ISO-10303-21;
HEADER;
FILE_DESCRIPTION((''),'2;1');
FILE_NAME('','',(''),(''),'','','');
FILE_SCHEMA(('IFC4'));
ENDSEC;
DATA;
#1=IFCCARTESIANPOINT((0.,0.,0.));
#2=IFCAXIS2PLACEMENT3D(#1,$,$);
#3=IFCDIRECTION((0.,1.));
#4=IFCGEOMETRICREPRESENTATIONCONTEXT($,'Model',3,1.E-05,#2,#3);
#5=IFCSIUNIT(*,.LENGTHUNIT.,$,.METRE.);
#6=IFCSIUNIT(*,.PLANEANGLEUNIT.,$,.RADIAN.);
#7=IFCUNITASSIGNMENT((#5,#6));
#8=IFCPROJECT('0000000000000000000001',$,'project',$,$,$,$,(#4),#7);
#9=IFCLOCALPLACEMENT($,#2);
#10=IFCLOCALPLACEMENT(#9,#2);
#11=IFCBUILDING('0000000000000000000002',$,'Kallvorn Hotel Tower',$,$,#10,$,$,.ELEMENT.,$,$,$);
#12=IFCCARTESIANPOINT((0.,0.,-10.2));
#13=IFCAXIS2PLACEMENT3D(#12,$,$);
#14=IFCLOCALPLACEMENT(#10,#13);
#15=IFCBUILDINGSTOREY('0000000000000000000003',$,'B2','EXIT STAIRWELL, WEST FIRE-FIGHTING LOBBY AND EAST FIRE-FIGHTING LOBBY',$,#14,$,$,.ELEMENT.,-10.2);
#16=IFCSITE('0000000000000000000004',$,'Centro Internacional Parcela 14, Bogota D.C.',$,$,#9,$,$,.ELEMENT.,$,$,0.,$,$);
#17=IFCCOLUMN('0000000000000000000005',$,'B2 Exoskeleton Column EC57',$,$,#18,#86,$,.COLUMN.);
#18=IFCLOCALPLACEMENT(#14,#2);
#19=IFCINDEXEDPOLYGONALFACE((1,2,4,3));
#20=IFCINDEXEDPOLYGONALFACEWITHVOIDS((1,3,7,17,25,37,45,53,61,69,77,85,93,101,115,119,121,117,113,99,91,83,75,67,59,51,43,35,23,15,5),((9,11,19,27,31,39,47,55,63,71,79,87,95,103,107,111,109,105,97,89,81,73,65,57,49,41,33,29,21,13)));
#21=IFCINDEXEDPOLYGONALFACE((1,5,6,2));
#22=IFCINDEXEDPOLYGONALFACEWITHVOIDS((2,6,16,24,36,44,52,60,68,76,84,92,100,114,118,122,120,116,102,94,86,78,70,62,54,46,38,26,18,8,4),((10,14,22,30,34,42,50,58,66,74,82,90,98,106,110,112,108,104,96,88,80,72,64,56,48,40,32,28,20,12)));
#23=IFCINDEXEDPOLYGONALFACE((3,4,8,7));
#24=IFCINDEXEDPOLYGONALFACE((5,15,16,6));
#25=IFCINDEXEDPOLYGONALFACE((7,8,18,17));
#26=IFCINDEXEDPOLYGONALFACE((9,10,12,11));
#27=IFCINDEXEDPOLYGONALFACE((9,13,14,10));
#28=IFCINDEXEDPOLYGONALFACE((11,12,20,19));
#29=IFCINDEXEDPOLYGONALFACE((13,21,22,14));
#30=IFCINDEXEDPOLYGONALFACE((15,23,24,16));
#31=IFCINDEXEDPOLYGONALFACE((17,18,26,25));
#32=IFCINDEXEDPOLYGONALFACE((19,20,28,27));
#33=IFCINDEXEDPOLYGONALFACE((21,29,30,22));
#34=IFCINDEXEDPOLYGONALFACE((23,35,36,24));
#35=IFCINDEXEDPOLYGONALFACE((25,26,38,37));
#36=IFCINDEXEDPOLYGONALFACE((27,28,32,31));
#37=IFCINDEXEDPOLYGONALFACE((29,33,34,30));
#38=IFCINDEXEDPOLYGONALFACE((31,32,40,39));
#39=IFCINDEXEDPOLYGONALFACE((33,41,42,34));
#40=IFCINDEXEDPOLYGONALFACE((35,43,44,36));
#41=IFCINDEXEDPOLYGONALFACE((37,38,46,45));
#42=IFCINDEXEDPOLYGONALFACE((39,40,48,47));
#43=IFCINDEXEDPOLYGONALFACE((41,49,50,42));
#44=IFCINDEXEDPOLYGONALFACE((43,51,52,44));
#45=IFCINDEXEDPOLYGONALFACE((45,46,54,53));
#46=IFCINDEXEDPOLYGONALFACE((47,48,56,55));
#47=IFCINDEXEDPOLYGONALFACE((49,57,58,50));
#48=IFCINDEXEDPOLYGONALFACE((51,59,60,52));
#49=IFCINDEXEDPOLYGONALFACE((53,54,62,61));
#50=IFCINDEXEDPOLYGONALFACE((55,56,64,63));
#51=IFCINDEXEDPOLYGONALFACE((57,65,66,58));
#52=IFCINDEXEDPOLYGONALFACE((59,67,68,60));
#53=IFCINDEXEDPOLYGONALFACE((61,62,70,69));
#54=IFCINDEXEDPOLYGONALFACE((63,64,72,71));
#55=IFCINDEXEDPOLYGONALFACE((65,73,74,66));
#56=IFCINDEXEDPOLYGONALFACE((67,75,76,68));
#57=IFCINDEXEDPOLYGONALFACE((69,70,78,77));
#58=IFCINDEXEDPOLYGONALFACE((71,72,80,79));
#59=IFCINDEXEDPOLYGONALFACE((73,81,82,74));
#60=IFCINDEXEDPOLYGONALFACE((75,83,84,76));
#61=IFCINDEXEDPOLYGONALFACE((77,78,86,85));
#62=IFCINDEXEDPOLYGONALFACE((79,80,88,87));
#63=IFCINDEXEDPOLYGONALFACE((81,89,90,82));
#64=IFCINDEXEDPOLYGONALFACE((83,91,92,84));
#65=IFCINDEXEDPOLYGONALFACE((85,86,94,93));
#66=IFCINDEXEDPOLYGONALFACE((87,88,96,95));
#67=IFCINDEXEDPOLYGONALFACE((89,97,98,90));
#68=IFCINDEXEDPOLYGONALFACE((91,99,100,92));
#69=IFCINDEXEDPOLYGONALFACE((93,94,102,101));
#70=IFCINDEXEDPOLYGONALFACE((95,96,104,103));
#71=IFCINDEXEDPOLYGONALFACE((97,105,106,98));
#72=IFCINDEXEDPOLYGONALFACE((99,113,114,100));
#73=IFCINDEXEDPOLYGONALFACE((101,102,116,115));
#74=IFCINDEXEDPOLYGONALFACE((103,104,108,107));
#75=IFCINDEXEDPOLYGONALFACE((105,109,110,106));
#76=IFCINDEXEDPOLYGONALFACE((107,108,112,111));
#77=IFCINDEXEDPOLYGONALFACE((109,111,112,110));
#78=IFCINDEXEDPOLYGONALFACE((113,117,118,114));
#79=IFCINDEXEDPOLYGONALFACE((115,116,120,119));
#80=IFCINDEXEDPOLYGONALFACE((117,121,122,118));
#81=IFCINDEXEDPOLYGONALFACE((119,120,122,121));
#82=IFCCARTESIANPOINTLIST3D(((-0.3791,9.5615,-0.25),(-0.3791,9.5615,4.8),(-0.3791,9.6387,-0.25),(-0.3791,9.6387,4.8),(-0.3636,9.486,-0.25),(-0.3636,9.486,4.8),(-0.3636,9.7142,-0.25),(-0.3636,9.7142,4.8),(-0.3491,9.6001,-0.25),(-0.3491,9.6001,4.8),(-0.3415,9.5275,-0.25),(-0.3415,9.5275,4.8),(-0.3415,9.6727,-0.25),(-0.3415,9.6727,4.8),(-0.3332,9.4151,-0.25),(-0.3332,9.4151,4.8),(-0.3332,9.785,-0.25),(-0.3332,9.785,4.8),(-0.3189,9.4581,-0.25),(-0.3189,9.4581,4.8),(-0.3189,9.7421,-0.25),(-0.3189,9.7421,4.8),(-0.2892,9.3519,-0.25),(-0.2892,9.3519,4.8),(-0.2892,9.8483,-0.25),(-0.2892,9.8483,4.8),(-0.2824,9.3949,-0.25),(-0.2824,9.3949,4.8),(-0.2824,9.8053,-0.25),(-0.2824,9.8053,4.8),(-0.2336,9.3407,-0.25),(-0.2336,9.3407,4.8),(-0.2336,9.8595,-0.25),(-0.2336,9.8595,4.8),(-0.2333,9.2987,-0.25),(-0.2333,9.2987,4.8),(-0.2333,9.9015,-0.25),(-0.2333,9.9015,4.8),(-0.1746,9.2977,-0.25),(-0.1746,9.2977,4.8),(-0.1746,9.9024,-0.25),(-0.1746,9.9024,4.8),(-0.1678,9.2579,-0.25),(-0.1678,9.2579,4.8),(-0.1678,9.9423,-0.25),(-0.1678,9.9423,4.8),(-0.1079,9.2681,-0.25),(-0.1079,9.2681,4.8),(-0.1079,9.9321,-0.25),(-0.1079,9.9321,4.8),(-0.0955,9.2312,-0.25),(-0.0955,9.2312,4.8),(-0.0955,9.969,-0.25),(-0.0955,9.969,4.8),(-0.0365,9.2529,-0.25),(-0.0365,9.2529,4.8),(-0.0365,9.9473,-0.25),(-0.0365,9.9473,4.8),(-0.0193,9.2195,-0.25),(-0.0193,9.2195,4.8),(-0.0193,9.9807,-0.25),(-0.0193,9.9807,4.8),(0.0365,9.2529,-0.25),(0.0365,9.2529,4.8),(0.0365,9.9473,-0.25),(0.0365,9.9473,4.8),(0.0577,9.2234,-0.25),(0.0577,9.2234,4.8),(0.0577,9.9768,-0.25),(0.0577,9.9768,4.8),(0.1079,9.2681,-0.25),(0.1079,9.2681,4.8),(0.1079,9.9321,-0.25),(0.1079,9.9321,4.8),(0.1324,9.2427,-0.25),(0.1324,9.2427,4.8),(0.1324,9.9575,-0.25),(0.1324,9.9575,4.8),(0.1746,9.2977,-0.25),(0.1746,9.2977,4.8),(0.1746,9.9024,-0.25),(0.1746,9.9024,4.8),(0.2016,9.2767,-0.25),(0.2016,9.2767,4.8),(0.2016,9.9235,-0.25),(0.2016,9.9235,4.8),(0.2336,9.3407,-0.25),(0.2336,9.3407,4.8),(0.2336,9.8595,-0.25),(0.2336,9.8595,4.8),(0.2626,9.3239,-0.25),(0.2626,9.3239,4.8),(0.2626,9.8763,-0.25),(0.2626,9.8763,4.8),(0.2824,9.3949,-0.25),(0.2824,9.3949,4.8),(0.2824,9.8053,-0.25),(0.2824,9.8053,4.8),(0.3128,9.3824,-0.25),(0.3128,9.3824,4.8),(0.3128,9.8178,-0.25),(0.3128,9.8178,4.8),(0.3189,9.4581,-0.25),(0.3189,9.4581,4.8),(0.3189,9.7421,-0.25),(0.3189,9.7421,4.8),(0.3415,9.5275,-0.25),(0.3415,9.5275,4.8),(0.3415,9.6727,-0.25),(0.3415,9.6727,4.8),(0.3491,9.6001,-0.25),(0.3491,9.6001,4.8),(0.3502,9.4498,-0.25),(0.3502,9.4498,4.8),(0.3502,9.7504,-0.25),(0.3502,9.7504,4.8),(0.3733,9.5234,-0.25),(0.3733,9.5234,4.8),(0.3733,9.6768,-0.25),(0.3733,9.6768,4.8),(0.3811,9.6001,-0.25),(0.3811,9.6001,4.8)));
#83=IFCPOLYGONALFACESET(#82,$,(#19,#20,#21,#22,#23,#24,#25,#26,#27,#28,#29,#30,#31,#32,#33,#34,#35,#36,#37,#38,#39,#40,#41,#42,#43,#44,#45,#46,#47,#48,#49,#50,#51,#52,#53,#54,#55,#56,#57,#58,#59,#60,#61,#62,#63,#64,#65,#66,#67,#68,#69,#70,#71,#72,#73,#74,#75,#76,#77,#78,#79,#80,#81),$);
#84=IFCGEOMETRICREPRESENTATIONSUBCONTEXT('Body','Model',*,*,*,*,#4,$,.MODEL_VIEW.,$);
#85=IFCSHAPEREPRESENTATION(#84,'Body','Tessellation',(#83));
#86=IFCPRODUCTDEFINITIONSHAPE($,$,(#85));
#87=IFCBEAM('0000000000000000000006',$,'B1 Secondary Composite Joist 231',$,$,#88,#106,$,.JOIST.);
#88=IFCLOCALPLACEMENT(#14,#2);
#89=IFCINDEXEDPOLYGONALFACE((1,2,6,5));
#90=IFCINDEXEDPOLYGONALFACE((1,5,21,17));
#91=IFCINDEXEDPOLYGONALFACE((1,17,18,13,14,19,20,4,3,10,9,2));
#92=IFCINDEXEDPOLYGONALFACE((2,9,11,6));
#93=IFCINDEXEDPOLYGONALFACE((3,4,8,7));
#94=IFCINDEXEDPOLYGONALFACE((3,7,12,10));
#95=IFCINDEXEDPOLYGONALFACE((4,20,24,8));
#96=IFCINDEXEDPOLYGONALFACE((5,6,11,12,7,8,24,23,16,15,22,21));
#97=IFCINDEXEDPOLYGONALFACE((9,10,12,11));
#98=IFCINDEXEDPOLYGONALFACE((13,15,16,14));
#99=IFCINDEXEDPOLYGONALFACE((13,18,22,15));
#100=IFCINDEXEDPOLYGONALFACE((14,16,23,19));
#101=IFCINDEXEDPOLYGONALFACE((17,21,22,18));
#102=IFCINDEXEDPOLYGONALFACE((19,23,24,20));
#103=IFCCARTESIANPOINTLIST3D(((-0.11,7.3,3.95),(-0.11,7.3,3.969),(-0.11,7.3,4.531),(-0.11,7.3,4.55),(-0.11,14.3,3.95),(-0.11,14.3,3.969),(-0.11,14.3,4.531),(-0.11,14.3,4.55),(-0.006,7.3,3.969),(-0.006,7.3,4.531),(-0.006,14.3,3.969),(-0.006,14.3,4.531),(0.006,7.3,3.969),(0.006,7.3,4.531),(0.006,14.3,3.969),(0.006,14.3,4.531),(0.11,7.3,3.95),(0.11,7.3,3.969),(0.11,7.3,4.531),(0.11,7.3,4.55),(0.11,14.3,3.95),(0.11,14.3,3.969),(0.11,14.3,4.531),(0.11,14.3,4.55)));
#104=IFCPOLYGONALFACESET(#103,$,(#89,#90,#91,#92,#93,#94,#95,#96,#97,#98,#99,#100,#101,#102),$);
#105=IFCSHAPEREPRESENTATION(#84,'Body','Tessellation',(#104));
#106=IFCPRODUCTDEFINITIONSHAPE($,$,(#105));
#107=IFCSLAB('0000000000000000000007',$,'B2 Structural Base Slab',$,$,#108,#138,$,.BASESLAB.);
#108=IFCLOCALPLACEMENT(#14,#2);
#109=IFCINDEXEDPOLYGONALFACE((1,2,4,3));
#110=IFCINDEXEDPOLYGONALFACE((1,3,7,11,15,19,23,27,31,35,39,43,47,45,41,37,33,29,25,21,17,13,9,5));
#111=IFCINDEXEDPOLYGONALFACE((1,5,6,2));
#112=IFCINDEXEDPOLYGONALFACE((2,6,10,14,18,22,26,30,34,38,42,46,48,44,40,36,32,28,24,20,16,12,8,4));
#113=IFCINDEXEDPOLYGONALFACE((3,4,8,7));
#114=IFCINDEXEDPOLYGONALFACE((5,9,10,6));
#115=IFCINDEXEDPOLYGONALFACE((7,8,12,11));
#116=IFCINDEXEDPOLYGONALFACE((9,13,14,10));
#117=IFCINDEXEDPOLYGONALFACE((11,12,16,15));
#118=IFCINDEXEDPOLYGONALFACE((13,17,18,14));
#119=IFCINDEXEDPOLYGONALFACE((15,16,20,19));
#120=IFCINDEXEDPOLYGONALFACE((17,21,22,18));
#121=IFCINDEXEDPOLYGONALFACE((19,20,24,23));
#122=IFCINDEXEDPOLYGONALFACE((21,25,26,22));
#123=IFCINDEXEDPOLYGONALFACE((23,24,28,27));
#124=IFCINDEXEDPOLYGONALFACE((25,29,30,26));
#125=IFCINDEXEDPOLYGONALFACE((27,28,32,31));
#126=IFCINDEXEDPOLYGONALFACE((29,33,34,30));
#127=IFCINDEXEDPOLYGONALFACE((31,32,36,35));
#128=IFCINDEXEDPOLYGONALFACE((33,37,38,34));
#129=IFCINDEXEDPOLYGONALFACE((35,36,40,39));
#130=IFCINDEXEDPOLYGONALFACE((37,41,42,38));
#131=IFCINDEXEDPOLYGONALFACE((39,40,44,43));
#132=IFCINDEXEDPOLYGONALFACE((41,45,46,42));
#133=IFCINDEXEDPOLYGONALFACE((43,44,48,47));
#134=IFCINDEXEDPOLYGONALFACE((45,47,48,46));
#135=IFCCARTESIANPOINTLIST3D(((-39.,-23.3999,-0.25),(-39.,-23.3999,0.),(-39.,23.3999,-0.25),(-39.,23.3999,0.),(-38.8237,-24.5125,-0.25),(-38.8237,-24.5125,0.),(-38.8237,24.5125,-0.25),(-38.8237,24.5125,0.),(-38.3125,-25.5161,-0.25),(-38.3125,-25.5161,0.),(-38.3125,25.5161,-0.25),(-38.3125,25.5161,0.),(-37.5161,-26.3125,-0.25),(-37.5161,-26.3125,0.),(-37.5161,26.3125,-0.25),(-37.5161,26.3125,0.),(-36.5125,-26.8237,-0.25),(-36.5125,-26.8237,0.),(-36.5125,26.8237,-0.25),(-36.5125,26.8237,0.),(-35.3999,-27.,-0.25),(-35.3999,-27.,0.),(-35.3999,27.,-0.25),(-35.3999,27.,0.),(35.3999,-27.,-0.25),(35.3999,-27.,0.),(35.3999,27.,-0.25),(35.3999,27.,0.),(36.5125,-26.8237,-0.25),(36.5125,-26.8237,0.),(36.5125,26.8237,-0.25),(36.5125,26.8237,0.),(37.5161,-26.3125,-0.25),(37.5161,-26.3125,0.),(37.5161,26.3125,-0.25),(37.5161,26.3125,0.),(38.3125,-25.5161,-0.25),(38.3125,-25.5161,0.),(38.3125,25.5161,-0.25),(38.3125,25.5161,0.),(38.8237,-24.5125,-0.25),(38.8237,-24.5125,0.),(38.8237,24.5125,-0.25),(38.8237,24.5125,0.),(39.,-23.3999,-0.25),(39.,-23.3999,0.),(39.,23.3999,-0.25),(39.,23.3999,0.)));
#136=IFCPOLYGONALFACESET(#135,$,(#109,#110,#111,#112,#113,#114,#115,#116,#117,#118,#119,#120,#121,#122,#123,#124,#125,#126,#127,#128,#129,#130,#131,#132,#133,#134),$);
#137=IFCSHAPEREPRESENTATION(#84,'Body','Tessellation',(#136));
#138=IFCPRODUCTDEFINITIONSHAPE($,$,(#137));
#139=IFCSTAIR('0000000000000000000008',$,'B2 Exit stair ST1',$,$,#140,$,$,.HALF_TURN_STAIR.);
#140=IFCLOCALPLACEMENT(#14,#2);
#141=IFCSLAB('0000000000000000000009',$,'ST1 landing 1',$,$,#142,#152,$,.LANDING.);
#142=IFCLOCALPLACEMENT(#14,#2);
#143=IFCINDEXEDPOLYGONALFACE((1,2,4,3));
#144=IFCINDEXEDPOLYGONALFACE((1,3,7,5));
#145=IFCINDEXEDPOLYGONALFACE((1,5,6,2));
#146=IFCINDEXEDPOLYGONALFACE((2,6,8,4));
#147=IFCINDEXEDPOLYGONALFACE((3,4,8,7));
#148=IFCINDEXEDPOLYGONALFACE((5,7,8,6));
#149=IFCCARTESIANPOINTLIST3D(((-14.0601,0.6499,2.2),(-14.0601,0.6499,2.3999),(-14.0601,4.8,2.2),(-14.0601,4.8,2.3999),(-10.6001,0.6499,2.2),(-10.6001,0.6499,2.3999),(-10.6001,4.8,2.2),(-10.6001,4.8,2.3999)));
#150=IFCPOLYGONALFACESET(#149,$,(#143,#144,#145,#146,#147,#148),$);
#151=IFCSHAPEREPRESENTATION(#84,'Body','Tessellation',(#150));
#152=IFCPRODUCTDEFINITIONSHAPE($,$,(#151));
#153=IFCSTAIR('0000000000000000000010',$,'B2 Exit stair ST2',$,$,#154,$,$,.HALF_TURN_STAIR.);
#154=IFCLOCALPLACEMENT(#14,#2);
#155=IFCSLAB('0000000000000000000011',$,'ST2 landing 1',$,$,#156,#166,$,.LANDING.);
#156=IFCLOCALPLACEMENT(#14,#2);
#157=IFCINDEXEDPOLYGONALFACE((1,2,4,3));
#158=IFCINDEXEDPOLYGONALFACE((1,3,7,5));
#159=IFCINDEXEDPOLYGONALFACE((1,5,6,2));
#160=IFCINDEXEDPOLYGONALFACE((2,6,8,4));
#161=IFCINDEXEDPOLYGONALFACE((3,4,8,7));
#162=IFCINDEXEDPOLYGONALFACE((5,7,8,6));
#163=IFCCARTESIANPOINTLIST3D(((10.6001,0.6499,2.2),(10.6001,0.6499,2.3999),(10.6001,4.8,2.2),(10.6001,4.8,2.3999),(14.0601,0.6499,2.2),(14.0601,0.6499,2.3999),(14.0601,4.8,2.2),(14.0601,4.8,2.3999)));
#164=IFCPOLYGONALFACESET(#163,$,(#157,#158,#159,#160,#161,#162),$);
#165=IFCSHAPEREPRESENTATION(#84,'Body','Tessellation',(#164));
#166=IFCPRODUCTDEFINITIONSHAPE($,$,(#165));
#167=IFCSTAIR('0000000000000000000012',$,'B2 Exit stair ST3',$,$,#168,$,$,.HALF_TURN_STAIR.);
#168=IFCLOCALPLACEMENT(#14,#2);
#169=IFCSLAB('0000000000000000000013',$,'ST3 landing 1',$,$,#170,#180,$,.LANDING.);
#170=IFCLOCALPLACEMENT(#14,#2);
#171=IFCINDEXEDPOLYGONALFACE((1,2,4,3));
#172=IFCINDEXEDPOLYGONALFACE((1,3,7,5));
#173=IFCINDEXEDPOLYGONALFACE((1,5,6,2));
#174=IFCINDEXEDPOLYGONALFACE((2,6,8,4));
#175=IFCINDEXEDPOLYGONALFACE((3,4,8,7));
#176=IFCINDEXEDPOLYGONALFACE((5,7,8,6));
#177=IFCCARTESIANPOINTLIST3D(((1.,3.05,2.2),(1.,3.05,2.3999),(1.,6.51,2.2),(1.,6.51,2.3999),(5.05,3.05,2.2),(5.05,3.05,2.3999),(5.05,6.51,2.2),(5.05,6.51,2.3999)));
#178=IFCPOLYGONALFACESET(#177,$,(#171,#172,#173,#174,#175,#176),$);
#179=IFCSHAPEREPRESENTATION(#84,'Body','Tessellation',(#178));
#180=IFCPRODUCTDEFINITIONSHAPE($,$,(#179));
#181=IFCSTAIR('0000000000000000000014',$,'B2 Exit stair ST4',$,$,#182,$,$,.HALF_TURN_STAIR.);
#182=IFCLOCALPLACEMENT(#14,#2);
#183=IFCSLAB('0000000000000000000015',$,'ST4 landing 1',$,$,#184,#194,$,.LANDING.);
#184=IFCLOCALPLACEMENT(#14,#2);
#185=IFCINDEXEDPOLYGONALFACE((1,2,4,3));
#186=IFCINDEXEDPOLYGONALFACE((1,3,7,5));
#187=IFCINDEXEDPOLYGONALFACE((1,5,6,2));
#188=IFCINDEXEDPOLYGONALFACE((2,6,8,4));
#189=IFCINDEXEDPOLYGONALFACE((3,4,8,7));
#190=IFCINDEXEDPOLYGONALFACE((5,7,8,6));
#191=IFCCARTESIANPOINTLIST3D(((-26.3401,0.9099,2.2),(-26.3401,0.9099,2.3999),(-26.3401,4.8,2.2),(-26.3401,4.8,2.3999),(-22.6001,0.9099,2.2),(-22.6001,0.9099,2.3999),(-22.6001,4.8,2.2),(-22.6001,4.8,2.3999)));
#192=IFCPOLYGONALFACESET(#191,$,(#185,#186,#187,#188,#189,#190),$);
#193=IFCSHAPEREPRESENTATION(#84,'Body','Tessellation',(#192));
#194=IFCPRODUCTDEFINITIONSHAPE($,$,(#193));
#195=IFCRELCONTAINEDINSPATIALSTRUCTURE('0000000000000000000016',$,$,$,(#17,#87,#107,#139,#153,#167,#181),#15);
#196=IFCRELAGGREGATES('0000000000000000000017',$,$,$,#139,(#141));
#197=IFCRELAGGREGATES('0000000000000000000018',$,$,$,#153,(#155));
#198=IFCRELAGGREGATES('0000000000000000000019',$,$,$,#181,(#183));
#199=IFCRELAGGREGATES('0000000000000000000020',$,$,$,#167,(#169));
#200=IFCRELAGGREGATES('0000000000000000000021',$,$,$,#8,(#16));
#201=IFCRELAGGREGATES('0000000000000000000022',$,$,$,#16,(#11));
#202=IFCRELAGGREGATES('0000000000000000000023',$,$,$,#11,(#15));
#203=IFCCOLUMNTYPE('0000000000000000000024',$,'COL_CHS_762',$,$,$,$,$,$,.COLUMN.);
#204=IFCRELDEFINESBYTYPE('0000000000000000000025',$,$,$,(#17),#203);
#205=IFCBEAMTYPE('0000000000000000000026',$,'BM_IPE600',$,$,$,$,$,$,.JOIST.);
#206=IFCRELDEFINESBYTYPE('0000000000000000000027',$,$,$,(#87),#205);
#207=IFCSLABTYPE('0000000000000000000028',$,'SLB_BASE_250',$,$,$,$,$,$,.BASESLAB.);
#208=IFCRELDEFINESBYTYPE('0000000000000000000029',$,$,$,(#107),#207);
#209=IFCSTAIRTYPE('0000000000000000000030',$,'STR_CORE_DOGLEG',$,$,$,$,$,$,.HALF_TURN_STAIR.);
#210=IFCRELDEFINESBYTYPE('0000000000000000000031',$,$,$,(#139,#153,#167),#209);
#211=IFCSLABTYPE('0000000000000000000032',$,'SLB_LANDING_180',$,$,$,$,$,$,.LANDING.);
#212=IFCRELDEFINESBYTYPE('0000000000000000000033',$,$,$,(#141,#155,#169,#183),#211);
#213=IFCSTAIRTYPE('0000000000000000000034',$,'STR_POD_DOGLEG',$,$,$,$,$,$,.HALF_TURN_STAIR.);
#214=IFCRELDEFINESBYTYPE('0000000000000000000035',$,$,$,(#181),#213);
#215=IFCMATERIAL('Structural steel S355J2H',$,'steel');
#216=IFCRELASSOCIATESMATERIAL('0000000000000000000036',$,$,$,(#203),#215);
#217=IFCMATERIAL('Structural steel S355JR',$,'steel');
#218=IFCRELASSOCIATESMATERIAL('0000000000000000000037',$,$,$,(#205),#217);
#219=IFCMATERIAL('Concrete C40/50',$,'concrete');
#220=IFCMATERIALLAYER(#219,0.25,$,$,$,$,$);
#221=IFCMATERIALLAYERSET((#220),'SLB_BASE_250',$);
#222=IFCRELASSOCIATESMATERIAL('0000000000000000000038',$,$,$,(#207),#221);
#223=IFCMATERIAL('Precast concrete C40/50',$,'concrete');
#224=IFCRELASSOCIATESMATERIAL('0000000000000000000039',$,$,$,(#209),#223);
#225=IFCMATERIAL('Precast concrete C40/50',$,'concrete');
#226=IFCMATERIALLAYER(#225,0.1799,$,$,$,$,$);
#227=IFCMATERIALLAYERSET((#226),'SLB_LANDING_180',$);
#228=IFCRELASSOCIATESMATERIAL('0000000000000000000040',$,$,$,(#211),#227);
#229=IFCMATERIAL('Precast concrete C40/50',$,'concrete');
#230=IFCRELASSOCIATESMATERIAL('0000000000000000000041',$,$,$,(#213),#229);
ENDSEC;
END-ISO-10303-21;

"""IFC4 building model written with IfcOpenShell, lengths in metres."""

from ifc_helpers import new_model, si_unit, direction, frame, origin, origin_2d, place, context, subcontext, project, spatial, polyline, hollow_circle, i_section, outline, extrude, material, layer, layer_set, material_profile, profile_set, type_object, element, aggregate, save


model = new_model("IFC4")

# Units and contexts
model_context = context("Model", 3, precision=1e-05, world=origin(), true_north=direction((0.0, 1.0)))
body_context = subcontext(model_context, "Body", "Model", "MODEL_VIEW")
ifc_project = project(units=[si_unit("LENGTHUNIT", "METRE"), si_unit("PLANEANGLEUNIT", "RADIAN")], contexts=[model_context])

# Site, building, storey
site_placement = place(None, origin())
site = spatial("IfcSite", under=ifc_project, at=site_placement, Name="Centro Internacional Parcela 14, Bogota D.C.", CompositionType="ELEMENT", RefElevation=0.0)
building_placement = place(site_placement, origin())
building = spatial("IfcBuilding", under=site, at=building_placement, Name="Kallvorn Hotel Tower", CompositionType="ELEMENT")
storey_placement = place(building_placement, frame((0.0, 0.0, -10.2)))
storey = spatial("IfcBuildingStorey", under=building, at=storey_placement, Name="B2", Description="EXIT STAIRWELL, WEST FIRE-FIGHTING LOBBY AND EAST FIRE-FIGHTING LOBBY", CompositionType="ELEMENT", Elevation=-10.2)

# Column
ifc_material_1 = material(Name="Structural steel S355J2H", Category="steel")
ifc_material_profile_1 = material_profile(ifc_material_1, hollow_circle(Radius=0.3811, WallThickness=0.032, at=origin_2d()), Name="CHS 762x32")
ifc_profile_set_1 = profile_set([ifc_material_profile_1], Name="Structural steel S355J2H")
column_type = type_object("IfcColumnType", Name="COL_CHS_762", PredefinedType="COLUMN", material=ifc_profile_set_1)
column_placement = place(storey_placement, frame((0.0, 9.6001, -0.25), z_axis=(0.0, 0.0, 1.0), x_axis=(1.0, 0.0, 0.0)))
element("IfcColumn", 1, at=column_placement, inside=storey, type_object=column_type, Name="B2 Exoskeleton Column EC57", PredefinedType="COLUMN", context=body_context, shape_type="SweptSolid", body=[
    extrude(hollow_circle(Radius=0.3811, WallThickness=0.032, at=origin_2d()), origin(), (0.0, 0.0, 1.0), 5.05),
])

# Beam
ifc_material_2 = material(Name="Structural steel S355JR", Category="steel")
ifc_material_profile_2 = material_profile(ifc_material_2, i_section(OverallWidth=0.22, OverallDepth=0.6001, WebThickness=0.012, FlangeThickness=0.019, at=origin_2d()), Name="IPE 600")
ifc_profile_set_2 = profile_set([ifc_material_profile_2], Name="Structural steel S355JR")
beam_type = type_object("IfcBeamType", Name="BM_IPE600", PredefinedType="JOIST", material=ifc_profile_set_2)
beam_placement = place(storey_placement, frame((0.0, 7.3, 4.25), z_axis=(0.0, 1.0, 0.0), x_axis=(-1.0, 0.0, 0.0)))
element("IfcBeam", 2, at=beam_placement, inside=storey, type_object=beam_type, Name="B1 Secondary Composite Joist 231", PredefinedType="JOIST", context=body_context, shape_type="SweptSolid", body=[
    extrude(i_section(OverallWidth=0.22, OverallDepth=0.6001, WebThickness=0.012, FlangeThickness=0.019, at=origin_2d()), origin(), (0.0, 0.0, 1.0), 7.0),
])

# Slab
ifc_material_3 = material(Name="Concrete C40/50", Category="concrete")
ifc_layer_1 = layer(ifc_material_3, 0.25)
ifc_layer_set_1 = layer_set([ifc_layer_1], Name="SLB_BASE_250")
slab_type_1 = type_object("IfcSlabType", Name="SLB_BASE_250", PredefinedType="BASESLAB", material=ifc_layer_set_1)
slab_1_placement = place(storey_placement, frame((0.0, 0.0, -0.25)))
element("IfcSlab", 3, at=slab_1_placement, inside=storey, type_object=slab_type_1, Name="B2 Structural Base Slab", PredefinedType="BASESLAB", context=body_context, shape_type="SweptSolid", body=[
    extrude(outline(polyline([(35.3999, -27.0), (36.5125, -26.8237), (37.5161, -26.3125), (38.3125, -25.5161), (38.8237, -24.5125), (39.0, -23.3999), (39.0, 23.3999), (38.8237, 24.5125), (38.3125, 25.5161), (37.5161, 26.3125), (36.5125, 26.8237), (35.3999, 27.0), (-35.3999, 27.0), (-36.5125, 26.8237), (-37.5161, 26.3125), (-38.3125, 25.5161), (-38.8237, 24.5125), (-39.0, 23.3999), (-39.0, -23.3999), (-38.8237, -24.5125), (-38.3125, -25.5161), (-37.5161, -26.3125), (-36.5125, -26.8237), (-35.3999, -27.0), (35.3999, -27.0)])), origin(), (0.0, 0.0, 1.0), 0.25),
])

# Stairs, slabs
ifc_material_4 = material(Name="Precast concrete C40/50", Category="concrete")
stair_type_1 = type_object("IfcStairType", Name="STR_CORE_DOGLEG", PredefinedType="HALF_TURN_STAIR", material=ifc_material_4)
stair_1_placement = place(storey_placement, origin())
stair_1 = element("IfcStair", 4, at=stair_1_placement, inside=storey, type_object=stair_type_1, Name="B2 Exit stair ST1", PredefinedType="HALF_TURN_STAIR")
ifc_material_5 = material(Name="Precast concrete C40/50", Category="concrete")
ifc_layer_2 = layer(ifc_material_5, 0.1799)
ifc_layer_set_2 = layer_set([ifc_layer_2], Name="SLB_LANDING_180")
slab_type_2 = type_object("IfcSlabType", Name="SLB_LANDING_180", PredefinedType="LANDING", material=ifc_layer_set_2)
slab_2_placement = place(storey_placement, frame((0.0, 0.0, 2.2)))
slab_2 = element("IfcSlab", 5, at=slab_2_placement, type_object=slab_type_2, Name="ST1 landing 1", PredefinedType="LANDING", context=body_context, shape_type="SweptSolid", body=[
    extrude(outline(polyline([(-10.6001, 0.6499), (-10.6001, 4.8), (-14.0601, 4.8), (-14.0601, 0.6499), (-10.6001, 0.6499)])), origin(), (0.0, 0.0, 1.0), 0.2),
])
aggregate(stair_1, [slab_2])
stair_2_placement = place(storey_placement, origin())
stair_2 = element("IfcStair", 6, at=stair_2_placement, inside=storey, type_object=stair_type_1, Name="B2 Exit stair ST2", PredefinedType="HALF_TURN_STAIR")
slab_3_placement = place(storey_placement, frame((0.0, 0.0, 2.2)))
slab_3 = element("IfcSlab", 7, at=slab_3_placement, type_object=slab_type_2, Name="ST2 landing 1", PredefinedType="LANDING", context=body_context, shape_type="SweptSolid", body=[
    extrude(outline(polyline([(14.0601, 0.6499), (14.0601, 4.8), (10.6001, 4.8), (10.6001, 0.6499), (14.0601, 0.6499)])), origin(), (0.0, 0.0, 1.0), 0.2),
])
aggregate(stair_2, [slab_3])
stair_3_placement = place(storey_placement, origin())
stair_3 = element("IfcStair", 8, at=stair_3_placement, inside=storey, type_object=stair_type_1, Name="B2 Exit stair ST3", PredefinedType="HALF_TURN_STAIR")
slab_4_placement = place(storey_placement, frame((0.0, 0.0, 2.2)))
slab_4 = element("IfcSlab", 9, at=slab_4_placement, type_object=slab_type_2, Name="ST3 landing 1", PredefinedType="LANDING", context=body_context, shape_type="SweptSolid", body=[
    extrude(outline(polyline([(1.0, 3.05), (5.05, 3.05), (5.05, 6.51), (1.0, 6.51), (1.0, 3.05)])), origin(), (0.0, 0.0, 1.0), 0.2),
])
ifc_material_6 = material(Name="Precast concrete C40/50", Category="concrete")
stair_type_2 = type_object("IfcStairType", Name="STR_POD_DOGLEG", PredefinedType="HALF_TURN_STAIR", material=ifc_material_6)
stair_4_placement = place(storey_placement, origin())
stair_4 = element("IfcStair", 10, at=stair_4_placement, inside=storey, type_object=stair_type_2, Name="B2 Exit stair ST4", PredefinedType="HALF_TURN_STAIR")
slab_5_placement = place(storey_placement, frame((0.0, 0.0, 2.2)))
slab_5 = element("IfcSlab", 11, at=slab_5_placement, type_object=slab_type_2, Name="ST4 landing 1", PredefinedType="LANDING", context=body_context, shape_type="SweptSolid", body=[
    extrude(outline(polyline([(-22.6001, 0.9099), (-22.6001, 4.8), (-26.3401, 4.8), (-26.3401, 0.9099), (-22.6001, 0.9099)])), origin(), (0.0, 0.0, 1.0), 0.2),
])
aggregate(stair_4, [slab_5])

aggregate(stair_3, [slab_4])

save(model, "model.ifc")
